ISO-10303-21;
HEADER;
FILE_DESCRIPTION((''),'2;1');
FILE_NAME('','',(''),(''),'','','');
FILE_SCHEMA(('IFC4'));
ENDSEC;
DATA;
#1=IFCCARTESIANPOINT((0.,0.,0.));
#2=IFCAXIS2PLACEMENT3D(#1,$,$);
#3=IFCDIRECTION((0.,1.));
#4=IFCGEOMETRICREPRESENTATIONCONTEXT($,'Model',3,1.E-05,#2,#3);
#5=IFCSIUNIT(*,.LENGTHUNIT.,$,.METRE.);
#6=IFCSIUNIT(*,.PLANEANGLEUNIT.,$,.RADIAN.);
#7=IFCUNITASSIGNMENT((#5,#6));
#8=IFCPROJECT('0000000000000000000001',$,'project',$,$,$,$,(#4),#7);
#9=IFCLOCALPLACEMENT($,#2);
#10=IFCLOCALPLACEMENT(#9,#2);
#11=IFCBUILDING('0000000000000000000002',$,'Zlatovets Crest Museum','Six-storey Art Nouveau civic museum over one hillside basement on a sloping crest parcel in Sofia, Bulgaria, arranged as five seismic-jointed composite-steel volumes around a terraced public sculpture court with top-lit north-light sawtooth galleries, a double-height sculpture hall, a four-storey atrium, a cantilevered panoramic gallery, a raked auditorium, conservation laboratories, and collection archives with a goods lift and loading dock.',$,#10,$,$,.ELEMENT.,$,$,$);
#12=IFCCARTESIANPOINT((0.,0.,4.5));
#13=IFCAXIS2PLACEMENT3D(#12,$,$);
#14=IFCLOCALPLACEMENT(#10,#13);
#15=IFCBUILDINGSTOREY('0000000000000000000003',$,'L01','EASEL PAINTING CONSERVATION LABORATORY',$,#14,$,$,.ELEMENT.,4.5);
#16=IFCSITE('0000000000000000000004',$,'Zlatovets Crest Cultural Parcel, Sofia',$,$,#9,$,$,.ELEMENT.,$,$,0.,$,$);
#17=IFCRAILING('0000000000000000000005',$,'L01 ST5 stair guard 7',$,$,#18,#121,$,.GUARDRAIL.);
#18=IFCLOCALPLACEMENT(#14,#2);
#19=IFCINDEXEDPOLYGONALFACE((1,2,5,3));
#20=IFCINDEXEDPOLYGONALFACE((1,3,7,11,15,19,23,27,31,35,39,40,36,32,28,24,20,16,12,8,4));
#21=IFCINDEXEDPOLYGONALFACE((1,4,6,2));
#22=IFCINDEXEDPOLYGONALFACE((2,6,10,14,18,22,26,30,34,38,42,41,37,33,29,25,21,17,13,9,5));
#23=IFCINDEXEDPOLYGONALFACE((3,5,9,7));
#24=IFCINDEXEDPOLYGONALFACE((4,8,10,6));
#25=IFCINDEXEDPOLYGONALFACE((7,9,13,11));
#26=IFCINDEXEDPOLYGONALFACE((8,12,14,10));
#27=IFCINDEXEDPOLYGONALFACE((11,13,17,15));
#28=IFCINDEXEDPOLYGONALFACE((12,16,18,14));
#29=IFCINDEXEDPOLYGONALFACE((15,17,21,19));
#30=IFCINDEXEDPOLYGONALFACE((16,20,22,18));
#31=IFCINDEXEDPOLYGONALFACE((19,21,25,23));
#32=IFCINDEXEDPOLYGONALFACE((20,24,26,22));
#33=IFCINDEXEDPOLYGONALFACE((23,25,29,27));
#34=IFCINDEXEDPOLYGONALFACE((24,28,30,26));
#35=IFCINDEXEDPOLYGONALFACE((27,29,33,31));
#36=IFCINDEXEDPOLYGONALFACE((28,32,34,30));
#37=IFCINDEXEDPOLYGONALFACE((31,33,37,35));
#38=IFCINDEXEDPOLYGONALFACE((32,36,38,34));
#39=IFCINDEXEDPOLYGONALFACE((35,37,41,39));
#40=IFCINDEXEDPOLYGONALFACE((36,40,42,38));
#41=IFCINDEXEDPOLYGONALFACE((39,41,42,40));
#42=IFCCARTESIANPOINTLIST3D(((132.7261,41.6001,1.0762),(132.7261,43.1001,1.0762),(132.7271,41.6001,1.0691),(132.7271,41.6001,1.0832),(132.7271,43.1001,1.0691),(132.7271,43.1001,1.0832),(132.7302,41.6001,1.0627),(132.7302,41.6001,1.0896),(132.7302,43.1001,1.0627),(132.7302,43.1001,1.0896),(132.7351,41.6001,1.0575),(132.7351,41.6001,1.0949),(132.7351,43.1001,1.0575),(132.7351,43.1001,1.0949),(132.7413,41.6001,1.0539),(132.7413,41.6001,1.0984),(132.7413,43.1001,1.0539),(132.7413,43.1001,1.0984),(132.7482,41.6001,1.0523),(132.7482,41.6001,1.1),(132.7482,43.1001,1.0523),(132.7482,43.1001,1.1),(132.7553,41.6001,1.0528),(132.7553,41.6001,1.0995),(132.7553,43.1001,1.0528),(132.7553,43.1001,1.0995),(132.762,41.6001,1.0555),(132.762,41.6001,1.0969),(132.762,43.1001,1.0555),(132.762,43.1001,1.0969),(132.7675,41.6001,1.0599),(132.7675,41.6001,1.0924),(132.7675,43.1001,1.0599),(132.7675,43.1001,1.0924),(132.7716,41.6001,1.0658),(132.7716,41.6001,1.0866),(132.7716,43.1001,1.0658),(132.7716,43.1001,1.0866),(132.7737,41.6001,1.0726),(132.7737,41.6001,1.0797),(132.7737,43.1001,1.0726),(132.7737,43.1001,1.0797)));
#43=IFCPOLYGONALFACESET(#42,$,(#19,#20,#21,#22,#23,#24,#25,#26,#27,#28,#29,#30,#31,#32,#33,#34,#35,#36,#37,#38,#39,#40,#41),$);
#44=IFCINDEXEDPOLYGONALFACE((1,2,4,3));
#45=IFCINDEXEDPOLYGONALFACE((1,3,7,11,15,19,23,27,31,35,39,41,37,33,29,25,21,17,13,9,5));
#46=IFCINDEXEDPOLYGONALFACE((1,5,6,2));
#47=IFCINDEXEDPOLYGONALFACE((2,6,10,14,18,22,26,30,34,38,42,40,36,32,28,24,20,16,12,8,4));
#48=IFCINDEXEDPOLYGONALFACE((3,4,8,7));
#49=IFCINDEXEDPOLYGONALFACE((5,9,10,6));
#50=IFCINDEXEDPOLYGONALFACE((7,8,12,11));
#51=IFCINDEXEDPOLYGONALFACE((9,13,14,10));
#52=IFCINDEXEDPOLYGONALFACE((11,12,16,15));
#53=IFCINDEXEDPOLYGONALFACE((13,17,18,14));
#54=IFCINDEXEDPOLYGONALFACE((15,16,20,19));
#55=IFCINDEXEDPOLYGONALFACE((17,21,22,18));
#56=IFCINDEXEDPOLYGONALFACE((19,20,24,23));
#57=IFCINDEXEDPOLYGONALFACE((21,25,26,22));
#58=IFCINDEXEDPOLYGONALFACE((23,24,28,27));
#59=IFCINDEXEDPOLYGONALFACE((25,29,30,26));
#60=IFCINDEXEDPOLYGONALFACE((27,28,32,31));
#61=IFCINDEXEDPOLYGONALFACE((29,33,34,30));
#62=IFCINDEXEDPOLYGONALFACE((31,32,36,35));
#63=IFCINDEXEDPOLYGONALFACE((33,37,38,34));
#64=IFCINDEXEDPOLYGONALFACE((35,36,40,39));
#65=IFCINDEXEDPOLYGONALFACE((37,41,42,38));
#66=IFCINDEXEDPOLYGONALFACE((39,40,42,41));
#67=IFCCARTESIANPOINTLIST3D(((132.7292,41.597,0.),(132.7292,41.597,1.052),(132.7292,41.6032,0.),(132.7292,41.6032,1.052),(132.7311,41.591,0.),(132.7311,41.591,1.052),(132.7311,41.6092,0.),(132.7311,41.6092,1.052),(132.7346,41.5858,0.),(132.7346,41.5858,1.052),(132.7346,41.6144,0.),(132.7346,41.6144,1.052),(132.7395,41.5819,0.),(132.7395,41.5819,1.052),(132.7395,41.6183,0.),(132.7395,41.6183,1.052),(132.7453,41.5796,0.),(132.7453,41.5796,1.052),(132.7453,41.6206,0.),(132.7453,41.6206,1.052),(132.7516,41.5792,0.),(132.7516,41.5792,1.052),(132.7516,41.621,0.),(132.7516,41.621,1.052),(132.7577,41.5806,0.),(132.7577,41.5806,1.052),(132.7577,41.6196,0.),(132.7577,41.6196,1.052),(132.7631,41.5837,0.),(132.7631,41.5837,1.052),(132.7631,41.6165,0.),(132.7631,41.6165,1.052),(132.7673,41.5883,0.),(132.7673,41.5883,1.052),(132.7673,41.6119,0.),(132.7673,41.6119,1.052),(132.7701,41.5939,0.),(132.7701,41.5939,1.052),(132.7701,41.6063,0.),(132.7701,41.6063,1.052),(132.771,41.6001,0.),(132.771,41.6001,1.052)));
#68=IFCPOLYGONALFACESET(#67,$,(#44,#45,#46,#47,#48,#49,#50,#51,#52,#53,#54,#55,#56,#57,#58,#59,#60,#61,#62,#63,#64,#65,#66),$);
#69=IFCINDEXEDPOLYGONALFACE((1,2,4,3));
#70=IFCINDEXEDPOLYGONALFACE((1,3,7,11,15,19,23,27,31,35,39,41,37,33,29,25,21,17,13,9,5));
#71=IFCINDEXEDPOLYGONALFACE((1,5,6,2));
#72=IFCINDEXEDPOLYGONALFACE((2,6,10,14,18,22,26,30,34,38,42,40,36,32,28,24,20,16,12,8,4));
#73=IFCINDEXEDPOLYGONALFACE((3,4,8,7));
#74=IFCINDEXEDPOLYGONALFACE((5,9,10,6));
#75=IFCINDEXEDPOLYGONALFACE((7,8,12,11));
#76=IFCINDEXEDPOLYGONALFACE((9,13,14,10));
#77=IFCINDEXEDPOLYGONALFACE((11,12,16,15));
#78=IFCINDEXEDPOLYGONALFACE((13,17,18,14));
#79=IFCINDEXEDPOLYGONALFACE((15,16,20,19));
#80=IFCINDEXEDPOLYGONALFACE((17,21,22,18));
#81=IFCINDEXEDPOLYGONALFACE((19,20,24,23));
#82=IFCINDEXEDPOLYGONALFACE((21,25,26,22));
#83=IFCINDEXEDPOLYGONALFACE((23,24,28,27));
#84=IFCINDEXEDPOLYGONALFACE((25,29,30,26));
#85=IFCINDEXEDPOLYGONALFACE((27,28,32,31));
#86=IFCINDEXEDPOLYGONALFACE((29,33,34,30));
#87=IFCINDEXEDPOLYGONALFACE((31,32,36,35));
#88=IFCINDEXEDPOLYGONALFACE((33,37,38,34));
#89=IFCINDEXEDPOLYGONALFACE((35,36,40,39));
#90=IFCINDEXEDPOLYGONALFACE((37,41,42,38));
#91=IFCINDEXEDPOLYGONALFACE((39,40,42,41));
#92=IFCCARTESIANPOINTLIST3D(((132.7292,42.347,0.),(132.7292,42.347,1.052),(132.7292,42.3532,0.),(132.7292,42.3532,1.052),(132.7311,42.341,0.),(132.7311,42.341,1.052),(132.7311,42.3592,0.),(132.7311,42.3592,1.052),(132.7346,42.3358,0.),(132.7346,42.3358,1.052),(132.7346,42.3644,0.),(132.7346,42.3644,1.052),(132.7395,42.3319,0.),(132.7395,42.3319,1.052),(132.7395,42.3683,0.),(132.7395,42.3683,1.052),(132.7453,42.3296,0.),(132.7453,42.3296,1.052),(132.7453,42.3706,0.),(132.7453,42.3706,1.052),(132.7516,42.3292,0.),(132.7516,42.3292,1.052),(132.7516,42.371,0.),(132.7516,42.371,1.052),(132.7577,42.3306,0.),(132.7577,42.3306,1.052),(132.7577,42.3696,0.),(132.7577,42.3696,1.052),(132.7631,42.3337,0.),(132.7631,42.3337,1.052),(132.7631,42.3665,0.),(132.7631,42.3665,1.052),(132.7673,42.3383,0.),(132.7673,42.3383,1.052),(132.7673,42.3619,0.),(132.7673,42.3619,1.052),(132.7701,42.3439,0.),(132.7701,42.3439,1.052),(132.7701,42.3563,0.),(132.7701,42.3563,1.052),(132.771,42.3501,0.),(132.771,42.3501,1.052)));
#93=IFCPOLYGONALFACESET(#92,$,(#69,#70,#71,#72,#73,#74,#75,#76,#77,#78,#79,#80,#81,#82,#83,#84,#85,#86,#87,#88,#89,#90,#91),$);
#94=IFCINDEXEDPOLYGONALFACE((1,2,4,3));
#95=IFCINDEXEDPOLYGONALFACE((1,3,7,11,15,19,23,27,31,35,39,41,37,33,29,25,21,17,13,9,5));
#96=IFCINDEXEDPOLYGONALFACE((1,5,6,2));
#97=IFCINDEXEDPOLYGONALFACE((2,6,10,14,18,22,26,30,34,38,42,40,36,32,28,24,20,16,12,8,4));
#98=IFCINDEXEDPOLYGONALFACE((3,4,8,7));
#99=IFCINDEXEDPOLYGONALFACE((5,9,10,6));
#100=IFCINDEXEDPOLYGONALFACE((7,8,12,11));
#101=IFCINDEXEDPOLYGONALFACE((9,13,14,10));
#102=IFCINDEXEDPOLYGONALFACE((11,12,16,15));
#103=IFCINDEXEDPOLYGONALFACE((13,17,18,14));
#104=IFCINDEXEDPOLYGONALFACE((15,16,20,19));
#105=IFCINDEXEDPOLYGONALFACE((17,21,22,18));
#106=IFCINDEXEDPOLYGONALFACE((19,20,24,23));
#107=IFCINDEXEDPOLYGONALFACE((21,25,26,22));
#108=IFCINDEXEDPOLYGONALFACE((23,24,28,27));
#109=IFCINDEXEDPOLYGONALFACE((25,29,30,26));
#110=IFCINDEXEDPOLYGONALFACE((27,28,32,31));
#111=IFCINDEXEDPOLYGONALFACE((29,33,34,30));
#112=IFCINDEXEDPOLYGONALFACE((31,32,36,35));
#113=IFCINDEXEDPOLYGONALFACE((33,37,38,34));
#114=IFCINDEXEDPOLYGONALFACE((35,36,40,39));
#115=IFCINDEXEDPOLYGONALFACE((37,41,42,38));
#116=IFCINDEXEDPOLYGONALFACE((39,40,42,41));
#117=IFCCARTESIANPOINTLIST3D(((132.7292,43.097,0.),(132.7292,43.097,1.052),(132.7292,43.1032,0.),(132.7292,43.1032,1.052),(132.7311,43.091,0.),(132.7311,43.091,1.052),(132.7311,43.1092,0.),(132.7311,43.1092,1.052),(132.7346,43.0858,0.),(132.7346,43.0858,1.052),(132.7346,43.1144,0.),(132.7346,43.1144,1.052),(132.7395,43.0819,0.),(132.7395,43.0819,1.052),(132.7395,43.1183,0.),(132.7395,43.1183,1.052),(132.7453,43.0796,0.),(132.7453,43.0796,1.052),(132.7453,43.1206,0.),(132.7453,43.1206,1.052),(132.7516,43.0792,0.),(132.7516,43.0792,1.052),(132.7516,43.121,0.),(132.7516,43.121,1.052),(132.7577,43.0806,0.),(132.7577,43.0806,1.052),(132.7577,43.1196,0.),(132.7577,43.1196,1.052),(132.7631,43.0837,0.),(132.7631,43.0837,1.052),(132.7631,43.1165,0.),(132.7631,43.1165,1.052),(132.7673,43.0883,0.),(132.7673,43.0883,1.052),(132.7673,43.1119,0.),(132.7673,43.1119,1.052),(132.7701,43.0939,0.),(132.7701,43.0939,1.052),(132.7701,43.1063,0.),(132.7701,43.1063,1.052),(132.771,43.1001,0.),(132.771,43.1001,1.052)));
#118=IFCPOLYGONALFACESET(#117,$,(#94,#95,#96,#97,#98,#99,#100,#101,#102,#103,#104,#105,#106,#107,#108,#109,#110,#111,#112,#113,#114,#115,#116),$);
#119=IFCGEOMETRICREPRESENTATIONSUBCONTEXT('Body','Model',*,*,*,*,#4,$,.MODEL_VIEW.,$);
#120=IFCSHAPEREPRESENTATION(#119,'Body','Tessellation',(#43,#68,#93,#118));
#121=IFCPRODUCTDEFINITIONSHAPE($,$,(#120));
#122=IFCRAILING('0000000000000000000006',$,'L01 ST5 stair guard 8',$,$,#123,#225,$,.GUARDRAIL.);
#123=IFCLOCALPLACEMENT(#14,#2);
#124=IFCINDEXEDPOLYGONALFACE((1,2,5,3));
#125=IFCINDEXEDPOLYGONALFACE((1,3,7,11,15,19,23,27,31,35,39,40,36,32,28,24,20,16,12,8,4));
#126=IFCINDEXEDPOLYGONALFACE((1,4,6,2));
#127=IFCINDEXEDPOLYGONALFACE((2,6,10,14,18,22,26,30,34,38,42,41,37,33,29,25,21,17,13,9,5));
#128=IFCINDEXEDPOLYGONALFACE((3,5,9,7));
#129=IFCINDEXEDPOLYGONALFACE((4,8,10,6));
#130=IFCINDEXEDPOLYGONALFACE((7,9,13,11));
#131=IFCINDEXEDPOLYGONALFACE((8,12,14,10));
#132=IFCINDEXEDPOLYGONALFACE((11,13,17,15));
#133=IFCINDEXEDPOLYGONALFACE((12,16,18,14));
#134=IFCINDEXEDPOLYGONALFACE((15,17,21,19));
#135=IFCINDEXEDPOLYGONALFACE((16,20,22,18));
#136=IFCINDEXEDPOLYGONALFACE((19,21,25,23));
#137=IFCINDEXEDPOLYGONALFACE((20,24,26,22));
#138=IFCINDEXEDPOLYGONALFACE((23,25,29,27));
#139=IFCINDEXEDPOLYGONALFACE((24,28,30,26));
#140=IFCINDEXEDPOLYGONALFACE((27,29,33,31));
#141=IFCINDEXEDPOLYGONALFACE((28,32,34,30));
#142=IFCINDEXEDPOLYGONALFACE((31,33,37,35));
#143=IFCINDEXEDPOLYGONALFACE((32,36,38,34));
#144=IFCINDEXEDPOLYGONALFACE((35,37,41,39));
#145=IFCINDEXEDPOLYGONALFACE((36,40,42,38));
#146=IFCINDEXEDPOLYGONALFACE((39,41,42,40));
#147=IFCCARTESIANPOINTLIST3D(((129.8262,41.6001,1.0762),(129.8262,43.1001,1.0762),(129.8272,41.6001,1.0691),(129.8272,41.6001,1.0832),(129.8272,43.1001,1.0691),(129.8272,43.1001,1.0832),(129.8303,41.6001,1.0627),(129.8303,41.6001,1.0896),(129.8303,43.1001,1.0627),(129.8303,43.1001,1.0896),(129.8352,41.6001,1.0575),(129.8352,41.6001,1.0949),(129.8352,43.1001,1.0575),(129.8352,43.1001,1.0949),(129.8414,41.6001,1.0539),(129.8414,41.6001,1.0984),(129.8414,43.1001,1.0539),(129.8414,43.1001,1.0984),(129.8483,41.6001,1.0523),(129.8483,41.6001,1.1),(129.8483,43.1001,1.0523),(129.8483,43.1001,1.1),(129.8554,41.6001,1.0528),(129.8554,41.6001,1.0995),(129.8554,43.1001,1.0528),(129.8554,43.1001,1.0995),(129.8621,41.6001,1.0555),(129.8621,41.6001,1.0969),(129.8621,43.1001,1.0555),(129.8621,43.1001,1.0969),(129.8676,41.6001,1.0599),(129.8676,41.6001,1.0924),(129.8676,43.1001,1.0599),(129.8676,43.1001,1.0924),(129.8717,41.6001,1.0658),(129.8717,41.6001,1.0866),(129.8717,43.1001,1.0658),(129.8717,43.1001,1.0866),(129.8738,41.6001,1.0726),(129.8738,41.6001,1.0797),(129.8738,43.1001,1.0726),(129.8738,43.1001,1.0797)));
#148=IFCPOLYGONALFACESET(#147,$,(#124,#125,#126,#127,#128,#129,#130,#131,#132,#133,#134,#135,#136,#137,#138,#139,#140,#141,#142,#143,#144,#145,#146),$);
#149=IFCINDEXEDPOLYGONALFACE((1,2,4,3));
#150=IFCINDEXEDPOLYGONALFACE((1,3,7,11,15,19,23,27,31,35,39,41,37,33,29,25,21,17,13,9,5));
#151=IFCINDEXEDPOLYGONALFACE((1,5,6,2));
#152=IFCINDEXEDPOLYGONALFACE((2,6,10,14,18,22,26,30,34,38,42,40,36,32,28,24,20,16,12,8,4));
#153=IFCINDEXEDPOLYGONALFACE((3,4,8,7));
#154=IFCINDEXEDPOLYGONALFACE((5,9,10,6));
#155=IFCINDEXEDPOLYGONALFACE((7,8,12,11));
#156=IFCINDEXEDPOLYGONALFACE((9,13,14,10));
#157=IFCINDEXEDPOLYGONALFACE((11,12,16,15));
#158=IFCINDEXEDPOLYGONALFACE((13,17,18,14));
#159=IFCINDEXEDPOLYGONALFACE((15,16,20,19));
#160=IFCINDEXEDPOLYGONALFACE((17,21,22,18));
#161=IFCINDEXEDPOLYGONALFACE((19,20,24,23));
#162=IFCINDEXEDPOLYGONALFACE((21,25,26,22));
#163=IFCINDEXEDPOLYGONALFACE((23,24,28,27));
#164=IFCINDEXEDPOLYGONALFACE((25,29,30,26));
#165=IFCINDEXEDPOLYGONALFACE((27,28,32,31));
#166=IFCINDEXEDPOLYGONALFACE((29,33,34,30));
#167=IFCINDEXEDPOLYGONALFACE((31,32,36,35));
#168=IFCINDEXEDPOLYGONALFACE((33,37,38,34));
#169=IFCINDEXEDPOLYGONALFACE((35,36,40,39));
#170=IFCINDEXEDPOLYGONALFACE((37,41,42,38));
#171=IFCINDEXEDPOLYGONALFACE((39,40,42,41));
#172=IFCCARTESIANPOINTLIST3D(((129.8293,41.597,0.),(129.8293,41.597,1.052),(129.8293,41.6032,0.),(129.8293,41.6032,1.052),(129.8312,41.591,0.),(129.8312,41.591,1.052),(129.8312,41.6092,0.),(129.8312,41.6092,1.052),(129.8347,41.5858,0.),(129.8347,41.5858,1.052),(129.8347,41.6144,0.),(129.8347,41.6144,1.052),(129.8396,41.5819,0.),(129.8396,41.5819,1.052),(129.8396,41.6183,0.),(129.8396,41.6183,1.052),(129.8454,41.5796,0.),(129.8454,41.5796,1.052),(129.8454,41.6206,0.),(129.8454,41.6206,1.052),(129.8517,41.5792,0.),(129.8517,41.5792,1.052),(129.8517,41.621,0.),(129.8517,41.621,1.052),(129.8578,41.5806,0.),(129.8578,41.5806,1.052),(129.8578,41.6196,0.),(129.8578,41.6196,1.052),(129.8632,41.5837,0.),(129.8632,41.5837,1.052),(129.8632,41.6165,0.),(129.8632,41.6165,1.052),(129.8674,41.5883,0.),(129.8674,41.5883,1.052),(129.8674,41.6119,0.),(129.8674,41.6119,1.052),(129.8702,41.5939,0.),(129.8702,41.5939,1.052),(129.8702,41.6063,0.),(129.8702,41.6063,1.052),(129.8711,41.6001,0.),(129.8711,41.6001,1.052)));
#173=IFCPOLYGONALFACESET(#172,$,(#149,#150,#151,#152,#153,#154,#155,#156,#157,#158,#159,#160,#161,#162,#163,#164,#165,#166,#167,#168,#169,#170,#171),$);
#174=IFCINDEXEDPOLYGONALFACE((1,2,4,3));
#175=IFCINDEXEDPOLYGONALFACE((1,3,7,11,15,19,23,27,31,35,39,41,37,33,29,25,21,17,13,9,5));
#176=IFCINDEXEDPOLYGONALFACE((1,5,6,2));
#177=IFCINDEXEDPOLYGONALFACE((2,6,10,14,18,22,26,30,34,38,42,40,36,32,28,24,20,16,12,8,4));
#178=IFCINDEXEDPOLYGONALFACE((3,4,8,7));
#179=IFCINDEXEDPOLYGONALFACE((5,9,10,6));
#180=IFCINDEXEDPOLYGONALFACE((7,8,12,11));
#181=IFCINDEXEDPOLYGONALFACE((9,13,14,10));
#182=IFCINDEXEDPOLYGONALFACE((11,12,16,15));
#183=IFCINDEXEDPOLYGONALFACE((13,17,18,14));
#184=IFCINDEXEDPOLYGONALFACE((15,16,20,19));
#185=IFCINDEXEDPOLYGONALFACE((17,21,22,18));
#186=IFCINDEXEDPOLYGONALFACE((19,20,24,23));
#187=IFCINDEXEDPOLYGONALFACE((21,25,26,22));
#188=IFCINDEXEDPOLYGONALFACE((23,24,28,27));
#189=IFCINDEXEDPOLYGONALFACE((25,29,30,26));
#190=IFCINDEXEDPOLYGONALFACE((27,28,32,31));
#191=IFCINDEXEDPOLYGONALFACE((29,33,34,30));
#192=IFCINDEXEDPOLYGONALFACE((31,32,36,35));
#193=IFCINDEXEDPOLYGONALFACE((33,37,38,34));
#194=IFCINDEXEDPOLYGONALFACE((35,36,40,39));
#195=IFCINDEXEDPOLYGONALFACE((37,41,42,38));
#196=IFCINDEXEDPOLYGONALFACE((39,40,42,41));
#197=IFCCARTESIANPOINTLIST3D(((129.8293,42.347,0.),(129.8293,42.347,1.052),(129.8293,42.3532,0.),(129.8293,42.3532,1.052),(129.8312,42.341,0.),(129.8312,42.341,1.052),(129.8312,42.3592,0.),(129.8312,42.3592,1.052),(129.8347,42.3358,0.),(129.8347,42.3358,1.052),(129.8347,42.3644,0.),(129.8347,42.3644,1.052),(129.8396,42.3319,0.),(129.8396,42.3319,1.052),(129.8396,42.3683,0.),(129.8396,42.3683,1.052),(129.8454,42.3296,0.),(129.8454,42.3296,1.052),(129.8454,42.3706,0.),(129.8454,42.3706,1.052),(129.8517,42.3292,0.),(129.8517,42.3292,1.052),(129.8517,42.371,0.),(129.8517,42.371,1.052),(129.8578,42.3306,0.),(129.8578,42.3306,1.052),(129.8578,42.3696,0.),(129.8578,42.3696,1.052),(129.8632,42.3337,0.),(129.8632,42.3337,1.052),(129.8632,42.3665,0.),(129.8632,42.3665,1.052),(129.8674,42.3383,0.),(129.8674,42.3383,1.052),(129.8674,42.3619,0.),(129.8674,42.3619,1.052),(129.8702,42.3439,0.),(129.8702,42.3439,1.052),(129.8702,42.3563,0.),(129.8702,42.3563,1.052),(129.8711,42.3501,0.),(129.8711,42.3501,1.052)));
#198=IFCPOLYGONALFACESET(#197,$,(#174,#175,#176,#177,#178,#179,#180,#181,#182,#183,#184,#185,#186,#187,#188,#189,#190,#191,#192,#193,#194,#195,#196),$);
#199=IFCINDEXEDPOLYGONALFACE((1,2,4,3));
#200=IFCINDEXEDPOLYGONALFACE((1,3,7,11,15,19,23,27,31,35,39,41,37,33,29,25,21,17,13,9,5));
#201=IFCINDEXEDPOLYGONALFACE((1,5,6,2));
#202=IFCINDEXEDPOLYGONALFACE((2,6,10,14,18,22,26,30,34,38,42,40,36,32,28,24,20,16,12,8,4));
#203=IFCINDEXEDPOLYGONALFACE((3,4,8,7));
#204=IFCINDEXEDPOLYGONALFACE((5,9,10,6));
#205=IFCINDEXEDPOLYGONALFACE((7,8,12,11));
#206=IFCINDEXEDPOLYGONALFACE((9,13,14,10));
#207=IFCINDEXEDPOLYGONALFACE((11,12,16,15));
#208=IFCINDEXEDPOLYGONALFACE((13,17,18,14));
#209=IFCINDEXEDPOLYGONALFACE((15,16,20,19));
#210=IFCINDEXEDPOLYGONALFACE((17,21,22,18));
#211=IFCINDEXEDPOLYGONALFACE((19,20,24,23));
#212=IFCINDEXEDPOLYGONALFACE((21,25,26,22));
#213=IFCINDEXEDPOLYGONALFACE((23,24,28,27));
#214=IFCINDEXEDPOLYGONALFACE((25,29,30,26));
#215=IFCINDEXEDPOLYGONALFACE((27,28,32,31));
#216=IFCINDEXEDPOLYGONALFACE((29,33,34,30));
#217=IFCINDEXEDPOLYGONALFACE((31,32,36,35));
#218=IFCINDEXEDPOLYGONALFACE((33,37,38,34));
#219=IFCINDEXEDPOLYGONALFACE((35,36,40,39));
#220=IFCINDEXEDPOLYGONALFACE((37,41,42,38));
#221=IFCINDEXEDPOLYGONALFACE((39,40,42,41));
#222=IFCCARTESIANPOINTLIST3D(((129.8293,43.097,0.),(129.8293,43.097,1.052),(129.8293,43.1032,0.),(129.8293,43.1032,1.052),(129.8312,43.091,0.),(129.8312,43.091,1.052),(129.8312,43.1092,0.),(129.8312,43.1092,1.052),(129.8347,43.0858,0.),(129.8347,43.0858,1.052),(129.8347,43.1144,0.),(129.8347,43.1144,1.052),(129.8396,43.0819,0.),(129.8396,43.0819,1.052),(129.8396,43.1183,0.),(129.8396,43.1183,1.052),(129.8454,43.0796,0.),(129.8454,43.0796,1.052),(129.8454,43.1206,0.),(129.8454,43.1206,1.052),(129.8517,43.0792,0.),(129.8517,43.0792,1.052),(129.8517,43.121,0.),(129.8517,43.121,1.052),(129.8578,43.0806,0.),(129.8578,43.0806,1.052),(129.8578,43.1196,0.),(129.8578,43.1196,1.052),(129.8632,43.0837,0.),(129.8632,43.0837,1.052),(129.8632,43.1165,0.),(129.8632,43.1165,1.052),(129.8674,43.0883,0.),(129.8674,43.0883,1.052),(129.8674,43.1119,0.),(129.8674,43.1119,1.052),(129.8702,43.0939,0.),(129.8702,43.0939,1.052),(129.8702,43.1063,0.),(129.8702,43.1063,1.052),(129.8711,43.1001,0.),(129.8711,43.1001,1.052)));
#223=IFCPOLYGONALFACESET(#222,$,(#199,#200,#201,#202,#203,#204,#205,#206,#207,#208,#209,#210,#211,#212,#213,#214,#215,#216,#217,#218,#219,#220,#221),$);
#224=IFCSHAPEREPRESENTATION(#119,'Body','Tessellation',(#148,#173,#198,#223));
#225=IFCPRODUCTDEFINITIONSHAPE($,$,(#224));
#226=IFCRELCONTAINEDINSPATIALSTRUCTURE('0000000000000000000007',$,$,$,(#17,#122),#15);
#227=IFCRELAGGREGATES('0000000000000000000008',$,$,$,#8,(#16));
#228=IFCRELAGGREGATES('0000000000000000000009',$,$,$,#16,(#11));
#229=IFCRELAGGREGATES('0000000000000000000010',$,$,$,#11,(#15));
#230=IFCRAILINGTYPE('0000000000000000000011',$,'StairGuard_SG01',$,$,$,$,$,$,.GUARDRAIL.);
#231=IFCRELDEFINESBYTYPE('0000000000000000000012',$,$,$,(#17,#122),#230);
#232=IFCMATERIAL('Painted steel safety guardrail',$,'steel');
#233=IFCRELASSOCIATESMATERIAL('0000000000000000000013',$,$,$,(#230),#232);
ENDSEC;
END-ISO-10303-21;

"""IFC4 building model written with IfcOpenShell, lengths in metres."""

from ifc_helpers import new_model, si_unit, direction, frame, origin, origin_2d, place, context, subcontext, project, spatial, circle, extrude, material, type_object, element, save


model = new_model("IFC4")

# Units and contexts
model_context = context("Model", 3, precision=1e-05, world=origin(), true_north=direction((0.0, 1.0)))
body_context = subcontext(model_context, "Body", "Model", "MODEL_VIEW")
ifc_project = project(units=[si_unit("LENGTHUNIT", "METRE"), si_unit("PLANEANGLEUNIT", "RADIAN")], contexts=[model_context])

# Site, building, storey
site_placement = place(None, origin())
site = spatial("IfcSite", under=ifc_project, at=site_placement, Name="Zlatovets Crest Cultural Parcel, Sofia", CompositionType="ELEMENT", RefElevation=0.0)
building_placement = place(site_placement, origin())
building = spatial("IfcBuilding", under=site, at=building_placement, Name="Zlatovets Crest Museum", Description="Six-storey Art Nouveau civic museum over one hillside basement on a sloping crest parcel in Sofia, Bulgaria, arranged as five seismic-jointed composite-steel volumes around a terraced public sculpture court with top-lit north-light sawtooth galleries, a double-height sculpture hall, a four-storey atrium, a cantilevered panoramic gallery, a raked auditorium, conservation laboratories, and collection archives with a goods lift and loading dock.", CompositionType="ELEMENT")
storey_placement = place(building_placement, frame((0.0, 0.0, 4.5)))
storey = spatial("IfcBuildingStorey", under=building, at=storey_placement, Name="L01", Description="EASEL PAINTING CONSERVATION LABORATORY", CompositionType="ELEMENT", Elevation=4.5)

# Railings
ifc_material_1 = material(Name="Painted steel safety guardrail", Category="steel")
railing_type = type_object("IfcRailingType", Name="StairGuard_SG01", PredefinedType="GUARDRAIL", material=ifc_material_1)
for number, where, name in (
    (1, (132.75, 41.6001, 0.0), "L01 ST5 stair guard 7"),
    (2, (129.8501, 41.6001, 0.0), "L01 ST5 stair guard 8"),
):
    element("IfcRailing", number, at=place(storey_placement, frame(where)), inside=storey, type_object=railing_type, Name=name, PredefinedType="GUARDRAIL", context=body_context, shape_type="SweptSolid", body=[
        extrude(circle(Radius=0.0239, at=origin_2d()), frame((0.0, 0.0, 1.0762), z_axis=(0.0, 1.0, 0.0), x_axis=(-1.0, 0.0, 0.0)), (0.0, 0.0, 1.0), 1.5),
        extrude(circle(Radius=0.021, at=origin_2d()), origin(), (0.0, 0.0, 1.0), 1.052),
        extrude(circle(Radius=0.021, at=origin_2d()), frame((0.0, 0.75, 0.0)), (0.0, 0.0, 1.0), 1.052),
        extrude(circle(Radius=0.021, at=origin_2d()), frame((0.0, 1.5, 0.0)), (0.0, 0.0, 1.0), 1.052),
    ])

save(model, "model.ifc")
